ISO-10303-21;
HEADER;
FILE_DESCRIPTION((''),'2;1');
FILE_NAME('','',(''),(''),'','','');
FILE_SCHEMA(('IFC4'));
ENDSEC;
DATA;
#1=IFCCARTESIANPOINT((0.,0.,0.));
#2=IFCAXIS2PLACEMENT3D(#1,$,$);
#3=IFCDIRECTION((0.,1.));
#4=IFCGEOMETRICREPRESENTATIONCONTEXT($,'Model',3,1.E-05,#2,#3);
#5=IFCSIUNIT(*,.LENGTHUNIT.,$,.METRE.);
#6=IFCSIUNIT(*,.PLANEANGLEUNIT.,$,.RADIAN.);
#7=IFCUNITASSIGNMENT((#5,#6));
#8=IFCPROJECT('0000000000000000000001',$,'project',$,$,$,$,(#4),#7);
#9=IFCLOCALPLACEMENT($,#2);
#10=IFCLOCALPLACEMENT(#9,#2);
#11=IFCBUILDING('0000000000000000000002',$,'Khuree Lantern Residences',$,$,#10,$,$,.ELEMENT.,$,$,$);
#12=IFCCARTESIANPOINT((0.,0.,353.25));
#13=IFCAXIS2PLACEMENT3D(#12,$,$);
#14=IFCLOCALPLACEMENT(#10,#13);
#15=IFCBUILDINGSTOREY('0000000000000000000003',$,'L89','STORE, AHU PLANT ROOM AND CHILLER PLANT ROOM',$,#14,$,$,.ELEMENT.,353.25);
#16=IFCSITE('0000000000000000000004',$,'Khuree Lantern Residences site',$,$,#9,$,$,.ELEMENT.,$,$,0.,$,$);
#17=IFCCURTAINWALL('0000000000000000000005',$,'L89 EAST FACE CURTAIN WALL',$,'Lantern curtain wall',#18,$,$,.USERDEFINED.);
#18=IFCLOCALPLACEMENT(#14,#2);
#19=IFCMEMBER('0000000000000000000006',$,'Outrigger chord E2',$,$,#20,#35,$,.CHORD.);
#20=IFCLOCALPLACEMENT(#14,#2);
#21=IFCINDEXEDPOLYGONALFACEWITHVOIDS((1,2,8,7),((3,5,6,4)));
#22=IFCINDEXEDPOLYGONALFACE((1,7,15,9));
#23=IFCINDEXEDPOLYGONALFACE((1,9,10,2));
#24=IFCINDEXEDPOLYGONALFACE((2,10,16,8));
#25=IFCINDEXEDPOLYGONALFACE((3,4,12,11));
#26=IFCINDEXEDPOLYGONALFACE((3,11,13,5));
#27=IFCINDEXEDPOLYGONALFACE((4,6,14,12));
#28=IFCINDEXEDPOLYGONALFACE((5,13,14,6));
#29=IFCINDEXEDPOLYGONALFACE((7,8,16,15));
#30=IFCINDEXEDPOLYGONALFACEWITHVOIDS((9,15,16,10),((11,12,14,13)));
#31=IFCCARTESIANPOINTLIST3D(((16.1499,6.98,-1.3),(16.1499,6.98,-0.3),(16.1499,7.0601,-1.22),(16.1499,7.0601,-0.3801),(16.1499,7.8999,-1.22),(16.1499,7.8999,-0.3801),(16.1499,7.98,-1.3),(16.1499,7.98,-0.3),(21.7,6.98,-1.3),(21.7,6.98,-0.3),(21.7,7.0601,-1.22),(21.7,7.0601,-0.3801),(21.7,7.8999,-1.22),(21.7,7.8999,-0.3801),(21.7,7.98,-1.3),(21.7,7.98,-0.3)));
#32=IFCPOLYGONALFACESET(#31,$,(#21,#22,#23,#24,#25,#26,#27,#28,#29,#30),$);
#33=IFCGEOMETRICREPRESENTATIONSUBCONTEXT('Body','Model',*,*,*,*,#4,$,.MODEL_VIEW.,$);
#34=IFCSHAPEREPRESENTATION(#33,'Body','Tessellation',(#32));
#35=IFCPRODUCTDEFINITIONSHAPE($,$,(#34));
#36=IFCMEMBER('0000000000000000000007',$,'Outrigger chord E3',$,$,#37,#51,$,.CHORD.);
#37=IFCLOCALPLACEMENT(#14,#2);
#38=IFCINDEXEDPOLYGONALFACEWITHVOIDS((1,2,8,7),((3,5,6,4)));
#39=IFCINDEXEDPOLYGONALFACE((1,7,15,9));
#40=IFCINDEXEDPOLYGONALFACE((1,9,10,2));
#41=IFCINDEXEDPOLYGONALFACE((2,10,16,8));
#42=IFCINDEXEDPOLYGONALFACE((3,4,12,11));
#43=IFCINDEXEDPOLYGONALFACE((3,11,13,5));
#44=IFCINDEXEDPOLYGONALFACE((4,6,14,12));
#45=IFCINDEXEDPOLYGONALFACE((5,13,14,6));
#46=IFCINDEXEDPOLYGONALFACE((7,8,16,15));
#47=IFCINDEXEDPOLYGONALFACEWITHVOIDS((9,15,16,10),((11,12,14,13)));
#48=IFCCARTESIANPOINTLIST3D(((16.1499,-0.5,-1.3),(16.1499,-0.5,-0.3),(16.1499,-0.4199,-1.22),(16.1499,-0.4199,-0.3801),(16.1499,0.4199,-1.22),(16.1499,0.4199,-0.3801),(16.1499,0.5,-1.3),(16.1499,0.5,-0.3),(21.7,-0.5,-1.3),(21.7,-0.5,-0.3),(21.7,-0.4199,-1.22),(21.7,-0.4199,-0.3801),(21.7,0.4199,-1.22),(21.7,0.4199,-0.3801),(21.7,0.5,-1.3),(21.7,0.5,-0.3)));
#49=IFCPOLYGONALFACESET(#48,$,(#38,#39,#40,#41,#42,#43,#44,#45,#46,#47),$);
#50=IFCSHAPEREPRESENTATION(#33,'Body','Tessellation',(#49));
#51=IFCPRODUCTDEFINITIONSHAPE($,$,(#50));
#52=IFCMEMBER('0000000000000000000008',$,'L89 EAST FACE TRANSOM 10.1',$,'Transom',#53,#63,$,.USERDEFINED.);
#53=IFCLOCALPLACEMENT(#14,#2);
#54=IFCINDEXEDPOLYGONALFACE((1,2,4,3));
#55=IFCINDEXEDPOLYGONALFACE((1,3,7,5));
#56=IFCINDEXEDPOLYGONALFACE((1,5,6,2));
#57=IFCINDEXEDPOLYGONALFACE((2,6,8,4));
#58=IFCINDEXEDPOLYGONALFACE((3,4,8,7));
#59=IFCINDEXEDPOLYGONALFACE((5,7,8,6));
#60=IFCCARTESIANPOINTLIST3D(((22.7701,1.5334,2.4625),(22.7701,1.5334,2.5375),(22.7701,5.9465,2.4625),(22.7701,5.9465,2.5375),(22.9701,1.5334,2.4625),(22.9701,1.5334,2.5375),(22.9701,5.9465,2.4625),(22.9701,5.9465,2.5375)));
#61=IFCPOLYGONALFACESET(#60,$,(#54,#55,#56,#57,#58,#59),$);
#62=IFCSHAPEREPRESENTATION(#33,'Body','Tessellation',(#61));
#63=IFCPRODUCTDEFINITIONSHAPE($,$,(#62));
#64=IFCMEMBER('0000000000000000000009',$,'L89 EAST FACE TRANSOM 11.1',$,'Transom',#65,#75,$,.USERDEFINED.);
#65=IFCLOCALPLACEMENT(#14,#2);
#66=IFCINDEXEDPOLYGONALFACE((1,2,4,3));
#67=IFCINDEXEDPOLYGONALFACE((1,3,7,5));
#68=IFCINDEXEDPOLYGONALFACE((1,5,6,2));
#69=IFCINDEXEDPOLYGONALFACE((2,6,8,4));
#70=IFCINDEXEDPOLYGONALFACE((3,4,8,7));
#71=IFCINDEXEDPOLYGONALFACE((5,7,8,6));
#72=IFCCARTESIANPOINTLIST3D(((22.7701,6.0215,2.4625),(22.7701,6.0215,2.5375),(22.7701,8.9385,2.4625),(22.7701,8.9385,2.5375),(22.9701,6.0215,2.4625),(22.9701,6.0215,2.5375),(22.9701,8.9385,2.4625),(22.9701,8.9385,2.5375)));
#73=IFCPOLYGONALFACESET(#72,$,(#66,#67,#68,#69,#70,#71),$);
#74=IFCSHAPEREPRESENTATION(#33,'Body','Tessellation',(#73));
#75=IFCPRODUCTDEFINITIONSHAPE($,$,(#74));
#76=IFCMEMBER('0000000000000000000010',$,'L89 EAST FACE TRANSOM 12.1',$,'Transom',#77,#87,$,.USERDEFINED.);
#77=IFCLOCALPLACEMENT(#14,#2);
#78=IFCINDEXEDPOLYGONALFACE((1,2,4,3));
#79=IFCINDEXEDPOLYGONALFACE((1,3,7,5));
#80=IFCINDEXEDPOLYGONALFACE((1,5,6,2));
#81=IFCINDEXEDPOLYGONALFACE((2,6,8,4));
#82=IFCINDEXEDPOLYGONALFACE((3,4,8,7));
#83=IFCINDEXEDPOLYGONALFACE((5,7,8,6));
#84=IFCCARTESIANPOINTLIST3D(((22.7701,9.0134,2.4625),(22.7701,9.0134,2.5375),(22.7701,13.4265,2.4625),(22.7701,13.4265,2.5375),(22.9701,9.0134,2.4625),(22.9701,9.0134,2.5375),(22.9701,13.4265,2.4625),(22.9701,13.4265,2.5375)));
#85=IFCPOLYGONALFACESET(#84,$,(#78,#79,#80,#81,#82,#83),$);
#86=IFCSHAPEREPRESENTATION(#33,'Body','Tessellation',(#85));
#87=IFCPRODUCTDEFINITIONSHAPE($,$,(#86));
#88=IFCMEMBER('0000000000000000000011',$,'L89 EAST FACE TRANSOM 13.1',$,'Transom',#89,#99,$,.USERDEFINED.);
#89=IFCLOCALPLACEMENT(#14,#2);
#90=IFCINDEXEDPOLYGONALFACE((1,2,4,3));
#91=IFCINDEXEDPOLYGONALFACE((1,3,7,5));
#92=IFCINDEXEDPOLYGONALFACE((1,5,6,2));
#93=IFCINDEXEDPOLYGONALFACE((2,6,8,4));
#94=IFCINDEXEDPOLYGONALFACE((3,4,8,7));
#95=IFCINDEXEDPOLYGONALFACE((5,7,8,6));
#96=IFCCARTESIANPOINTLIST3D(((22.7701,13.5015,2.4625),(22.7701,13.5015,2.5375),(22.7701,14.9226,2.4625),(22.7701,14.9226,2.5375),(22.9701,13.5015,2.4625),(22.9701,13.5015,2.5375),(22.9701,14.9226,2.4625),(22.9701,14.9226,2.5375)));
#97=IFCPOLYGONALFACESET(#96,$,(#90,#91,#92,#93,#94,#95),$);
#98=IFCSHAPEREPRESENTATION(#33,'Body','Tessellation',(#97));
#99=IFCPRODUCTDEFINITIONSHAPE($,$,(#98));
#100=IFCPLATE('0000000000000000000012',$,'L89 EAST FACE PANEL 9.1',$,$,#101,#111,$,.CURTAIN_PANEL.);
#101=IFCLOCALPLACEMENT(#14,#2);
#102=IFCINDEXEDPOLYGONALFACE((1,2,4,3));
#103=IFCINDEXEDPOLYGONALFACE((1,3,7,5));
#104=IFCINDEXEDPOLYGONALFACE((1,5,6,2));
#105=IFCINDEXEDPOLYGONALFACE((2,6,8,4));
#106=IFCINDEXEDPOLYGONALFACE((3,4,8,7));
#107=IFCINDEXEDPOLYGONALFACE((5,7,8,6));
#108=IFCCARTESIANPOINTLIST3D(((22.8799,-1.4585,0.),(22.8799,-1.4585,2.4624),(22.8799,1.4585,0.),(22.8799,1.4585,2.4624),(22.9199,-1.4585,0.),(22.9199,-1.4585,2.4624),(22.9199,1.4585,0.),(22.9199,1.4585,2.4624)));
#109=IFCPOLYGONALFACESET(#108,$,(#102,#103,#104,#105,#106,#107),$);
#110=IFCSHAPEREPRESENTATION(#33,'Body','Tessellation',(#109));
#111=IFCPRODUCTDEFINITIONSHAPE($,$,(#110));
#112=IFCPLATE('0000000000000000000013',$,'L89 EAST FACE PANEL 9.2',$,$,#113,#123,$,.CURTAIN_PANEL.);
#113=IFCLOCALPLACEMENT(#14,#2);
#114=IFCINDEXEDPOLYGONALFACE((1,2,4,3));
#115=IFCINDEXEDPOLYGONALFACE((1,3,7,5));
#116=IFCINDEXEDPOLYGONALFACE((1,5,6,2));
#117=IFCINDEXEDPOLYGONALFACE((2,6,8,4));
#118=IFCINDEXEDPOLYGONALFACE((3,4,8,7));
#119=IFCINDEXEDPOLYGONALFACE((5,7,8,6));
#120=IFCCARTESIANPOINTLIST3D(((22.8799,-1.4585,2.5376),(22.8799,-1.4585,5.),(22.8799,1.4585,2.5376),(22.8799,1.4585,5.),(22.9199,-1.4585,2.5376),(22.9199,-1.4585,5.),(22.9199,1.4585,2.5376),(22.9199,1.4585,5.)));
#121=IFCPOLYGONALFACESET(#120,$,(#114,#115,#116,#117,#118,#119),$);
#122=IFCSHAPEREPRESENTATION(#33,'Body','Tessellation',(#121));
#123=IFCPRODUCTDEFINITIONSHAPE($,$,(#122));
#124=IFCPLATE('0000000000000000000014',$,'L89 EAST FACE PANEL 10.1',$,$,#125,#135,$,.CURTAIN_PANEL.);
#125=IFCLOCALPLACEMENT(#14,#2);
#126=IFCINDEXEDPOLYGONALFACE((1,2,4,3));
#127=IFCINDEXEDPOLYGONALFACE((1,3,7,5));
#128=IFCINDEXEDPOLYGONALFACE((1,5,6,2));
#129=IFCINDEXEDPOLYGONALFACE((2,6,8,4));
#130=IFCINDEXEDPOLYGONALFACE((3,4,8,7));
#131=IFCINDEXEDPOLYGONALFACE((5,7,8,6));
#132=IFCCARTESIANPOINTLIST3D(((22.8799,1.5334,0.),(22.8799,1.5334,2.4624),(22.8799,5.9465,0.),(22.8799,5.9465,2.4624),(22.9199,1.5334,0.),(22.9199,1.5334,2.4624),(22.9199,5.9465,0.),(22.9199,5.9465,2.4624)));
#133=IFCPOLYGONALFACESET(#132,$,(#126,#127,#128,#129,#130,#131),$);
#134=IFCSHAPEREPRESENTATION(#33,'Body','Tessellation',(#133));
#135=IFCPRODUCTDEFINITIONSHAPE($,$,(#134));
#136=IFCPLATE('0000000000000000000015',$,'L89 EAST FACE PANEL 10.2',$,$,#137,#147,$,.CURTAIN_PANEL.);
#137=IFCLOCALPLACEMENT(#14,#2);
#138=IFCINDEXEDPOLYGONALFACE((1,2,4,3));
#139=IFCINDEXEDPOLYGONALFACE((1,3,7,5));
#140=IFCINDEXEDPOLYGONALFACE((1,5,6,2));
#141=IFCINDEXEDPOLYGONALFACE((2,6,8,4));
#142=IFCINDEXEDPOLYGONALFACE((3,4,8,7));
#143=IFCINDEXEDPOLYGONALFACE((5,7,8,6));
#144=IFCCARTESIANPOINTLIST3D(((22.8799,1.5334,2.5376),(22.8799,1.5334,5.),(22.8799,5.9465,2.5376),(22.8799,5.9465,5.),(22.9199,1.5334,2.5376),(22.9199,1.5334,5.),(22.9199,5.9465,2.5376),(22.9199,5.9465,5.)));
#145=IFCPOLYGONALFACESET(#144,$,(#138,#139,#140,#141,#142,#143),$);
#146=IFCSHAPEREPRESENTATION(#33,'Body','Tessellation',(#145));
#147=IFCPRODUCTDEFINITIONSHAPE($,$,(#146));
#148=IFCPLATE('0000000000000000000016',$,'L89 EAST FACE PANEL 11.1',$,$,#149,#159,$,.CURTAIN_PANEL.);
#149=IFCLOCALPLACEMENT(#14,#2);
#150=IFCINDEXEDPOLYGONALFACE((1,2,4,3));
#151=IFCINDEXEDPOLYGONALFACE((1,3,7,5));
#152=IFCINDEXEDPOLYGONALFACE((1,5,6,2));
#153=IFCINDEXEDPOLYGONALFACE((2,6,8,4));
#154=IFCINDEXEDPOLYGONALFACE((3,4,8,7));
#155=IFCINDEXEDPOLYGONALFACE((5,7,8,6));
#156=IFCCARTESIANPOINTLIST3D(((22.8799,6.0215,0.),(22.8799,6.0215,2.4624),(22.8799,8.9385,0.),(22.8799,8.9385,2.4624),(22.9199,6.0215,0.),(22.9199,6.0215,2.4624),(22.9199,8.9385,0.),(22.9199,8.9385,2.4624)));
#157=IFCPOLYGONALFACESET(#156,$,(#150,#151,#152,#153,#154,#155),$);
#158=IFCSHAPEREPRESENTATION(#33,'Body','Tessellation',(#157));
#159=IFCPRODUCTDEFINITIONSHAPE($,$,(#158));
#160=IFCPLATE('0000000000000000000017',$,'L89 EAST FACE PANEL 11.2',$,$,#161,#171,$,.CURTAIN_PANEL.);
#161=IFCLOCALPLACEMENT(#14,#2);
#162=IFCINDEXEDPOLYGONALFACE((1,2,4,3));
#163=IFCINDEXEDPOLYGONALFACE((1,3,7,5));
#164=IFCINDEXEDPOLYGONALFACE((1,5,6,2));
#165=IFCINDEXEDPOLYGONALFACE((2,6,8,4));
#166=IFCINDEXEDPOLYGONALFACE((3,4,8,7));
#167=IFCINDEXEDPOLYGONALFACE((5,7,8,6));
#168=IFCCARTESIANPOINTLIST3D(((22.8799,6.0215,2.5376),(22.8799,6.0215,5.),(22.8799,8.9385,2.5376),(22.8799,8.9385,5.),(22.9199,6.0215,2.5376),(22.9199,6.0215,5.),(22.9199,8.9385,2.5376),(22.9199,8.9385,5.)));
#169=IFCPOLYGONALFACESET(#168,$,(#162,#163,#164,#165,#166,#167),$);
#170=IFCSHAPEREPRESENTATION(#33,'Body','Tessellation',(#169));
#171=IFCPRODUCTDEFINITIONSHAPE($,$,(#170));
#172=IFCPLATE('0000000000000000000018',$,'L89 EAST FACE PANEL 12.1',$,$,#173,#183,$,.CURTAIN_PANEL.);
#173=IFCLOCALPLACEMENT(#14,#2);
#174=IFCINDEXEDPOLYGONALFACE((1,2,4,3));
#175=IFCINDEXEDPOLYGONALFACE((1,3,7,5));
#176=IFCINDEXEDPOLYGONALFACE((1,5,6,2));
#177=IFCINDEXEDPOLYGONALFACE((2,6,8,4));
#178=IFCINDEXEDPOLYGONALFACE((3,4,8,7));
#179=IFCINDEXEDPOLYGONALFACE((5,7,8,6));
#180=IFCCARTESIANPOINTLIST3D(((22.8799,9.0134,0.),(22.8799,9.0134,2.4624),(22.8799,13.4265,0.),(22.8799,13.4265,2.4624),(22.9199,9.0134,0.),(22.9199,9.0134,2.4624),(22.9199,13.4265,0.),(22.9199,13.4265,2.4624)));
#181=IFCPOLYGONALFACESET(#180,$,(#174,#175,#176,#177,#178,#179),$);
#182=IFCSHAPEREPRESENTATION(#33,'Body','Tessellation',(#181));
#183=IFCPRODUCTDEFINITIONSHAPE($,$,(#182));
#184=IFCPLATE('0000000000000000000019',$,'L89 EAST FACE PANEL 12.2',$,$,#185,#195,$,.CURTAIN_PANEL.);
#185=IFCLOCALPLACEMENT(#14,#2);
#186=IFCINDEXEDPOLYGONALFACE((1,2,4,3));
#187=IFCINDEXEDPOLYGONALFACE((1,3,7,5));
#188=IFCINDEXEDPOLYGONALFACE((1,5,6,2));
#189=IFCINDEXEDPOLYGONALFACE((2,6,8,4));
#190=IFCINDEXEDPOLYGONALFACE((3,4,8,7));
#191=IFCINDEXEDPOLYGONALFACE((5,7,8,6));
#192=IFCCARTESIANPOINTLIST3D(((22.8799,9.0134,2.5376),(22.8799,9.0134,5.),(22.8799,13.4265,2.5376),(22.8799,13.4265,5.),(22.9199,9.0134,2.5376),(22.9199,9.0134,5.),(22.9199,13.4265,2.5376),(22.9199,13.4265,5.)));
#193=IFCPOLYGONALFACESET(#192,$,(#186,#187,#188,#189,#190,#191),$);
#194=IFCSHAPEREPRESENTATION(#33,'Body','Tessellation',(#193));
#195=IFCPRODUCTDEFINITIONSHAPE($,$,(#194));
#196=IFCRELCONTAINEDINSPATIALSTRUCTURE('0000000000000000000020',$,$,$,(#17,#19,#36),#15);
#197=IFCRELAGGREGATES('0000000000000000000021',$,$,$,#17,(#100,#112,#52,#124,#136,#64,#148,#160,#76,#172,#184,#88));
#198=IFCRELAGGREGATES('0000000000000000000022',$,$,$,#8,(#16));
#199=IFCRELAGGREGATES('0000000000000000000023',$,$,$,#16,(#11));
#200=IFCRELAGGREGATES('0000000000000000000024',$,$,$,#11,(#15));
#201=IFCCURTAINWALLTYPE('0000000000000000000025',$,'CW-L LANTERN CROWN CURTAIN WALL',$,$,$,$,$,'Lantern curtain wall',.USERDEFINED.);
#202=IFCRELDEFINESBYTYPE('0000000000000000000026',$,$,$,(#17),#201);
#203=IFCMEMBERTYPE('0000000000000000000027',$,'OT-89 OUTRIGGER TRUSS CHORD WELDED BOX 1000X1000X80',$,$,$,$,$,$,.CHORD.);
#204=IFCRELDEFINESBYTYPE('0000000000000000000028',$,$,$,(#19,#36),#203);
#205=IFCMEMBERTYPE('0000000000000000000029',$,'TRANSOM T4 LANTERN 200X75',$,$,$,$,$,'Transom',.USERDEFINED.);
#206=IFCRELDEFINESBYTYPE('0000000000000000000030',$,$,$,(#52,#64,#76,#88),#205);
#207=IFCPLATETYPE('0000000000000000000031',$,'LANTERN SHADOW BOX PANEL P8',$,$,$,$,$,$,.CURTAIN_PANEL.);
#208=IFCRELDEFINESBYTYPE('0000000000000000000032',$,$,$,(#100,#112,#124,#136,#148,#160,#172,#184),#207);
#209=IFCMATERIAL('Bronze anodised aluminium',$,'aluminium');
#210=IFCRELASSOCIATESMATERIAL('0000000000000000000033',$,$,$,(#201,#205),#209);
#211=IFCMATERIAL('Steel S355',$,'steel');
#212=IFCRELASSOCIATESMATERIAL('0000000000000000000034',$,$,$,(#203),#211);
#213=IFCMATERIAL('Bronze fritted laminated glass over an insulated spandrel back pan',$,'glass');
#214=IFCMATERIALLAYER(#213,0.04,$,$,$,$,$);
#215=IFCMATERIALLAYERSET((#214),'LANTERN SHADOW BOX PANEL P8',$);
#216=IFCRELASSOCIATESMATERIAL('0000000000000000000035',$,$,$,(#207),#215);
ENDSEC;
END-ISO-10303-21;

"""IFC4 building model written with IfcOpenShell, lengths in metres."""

from ifc_helpers import new_model, si_unit, direction, frame, origin, origin_2d, place, context, subcontext, project, spatial, rectangle, hollow_rectangle, extrude, material, layer, layer_set, material_profile, profile_set, type_object, element, aggregate, save


model = new_model("IFC4")

# Units and contexts
model_context = context("Model", 3, precision=1e-05, world=origin(), true_north=direction((0.0, 1.0)))
body_context = subcontext(model_context, "Body", "Model", "MODEL_VIEW")
ifc_project = project(units=[si_unit("LENGTHUNIT", "METRE"), si_unit("PLANEANGLEUNIT", "RADIAN")], contexts=[model_context])

# Site, building, storey
site_placement = place(None, origin())
site = spatial("IfcSite", under=ifc_project, at=site_placement, Name="Khuree Lantern Residences site", CompositionType="ELEMENT", RefElevation=0.0)
building_placement = place(site_placement, origin())
building = spatial("IfcBuilding", under=site, at=building_placement, Name="Khuree Lantern Residences", CompositionType="ELEMENT")
storey_placement = place(building_placement, frame((0.0, 0.0, 353.25)))
storey = spatial("IfcBuildingStorey", under=building, at=storey_placement, Name="L89", Description="STORE, AHU PLANT ROOM AND CHILLER PLANT ROOM", CompositionType="ELEMENT", Elevation=353.25)

# Shared definitions
ifc_material_1 = material(Name="Steel S355", Category="steel")

# Curtain wall
ifc_material_2 = material(Name="Bronze anodised aluminium", Category="aluminium")
curtain_wall_type = type_object("IfcCurtainWallType", Name="CW-L LANTERN CROWN CURTAIN WALL", ElementType="Lantern curtain wall", PredefinedType="USERDEFINED", material=ifc_material_2)
curtain_wall_placement = place(storey_placement, origin())
curtain_wall = element("IfcCurtainWall", 1, at=curtain_wall_placement, inside=storey, type_object=curtain_wall_type, Name="L89 EAST FACE CURTAIN WALL", ObjectType="Lantern curtain wall", PredefinedType="USERDEFINED")

# Members
ifc_material_profile_1 = material_profile(ifc_material_1, hollow_rectangle(XDim=1.0, YDim=1.0, WallThickness=0.0801, at=origin_2d()), Name="WELDED BOX 1000X1000X80")
ifc_profile_set_1 = profile_set([ifc_material_profile_1], Name="Steel S355")
member_type_1 = type_object("IfcMemberType", Name="OT-89 OUTRIGGER TRUSS CHORD WELDED BOX 1000X1000X80", PredefinedType="CHORD", material=ifc_profile_set_1)
for number, where, z_axis, x_axis, name in (
    (2, (21.7, 7.48, -0.8), (-1.0, 0.0, 0.0), (0.0, -1.0, 0.0), "Outrigger chord E2"),
    (3, (21.7, 0.0, -0.8), (-1.0, 0.0, 0.0), (0.0, -1.0, 0.0), "Outrigger chord E3"),
):
    element("IfcMember", number, at=place(storey_placement, frame(where, z_axis=z_axis, x_axis=x_axis)), inside=storey, type_object=member_type_1, Name=name, PredefinedType="CHORD", context=body_context, shape_type="SweptSolid", body=[
        extrude(hollow_rectangle(XDim=1.0, YDim=1.0, WallThickness=0.0801, at=origin_2d()), origin(), (0.0, 0.0, 1.0), 5.55),
    ])

# Members
ifc_material_profile_2 = material_profile(ifc_material_2, rectangle(XDim=0.2, YDim=0.075, at=origin_2d()), Name="T4 200X75")
ifc_profile_set_2 = profile_set([ifc_material_profile_2], Name="Bronze anodised aluminium")
member_type_2 = type_object("IfcMemberType", Name="TRANSOM T4 LANTERN 200X75", ElementType="Transom", PredefinedType="USERDEFINED", material=ifc_profile_set_2)
member_1_placement = place(storey_placement, frame((22.8701, 1.5334, 2.5), z_axis=(0.0, 1.0, 0.0), x_axis=(-1.0, 0.0, 0.0)))
member_1 = element("IfcMember", 4, at=member_1_placement, type_object=member_type_2, Name="L89 EAST FACE TRANSOM 10.1", ObjectType="Transom", PredefinedType="USERDEFINED", context=body_context, shape_type="SweptSolid", body=[
    extrude(rectangle(XDim=0.2, YDim=0.075, at=origin_2d()), origin(), (0.0, 0.0, 1.0), 4.4131),
])
member_2_placement = place(storey_placement, frame((22.8701, 6.0215, 2.5), z_axis=(0.0, 1.0, 0.0), x_axis=(-1.0, 0.0, 0.0)))
member_2 = element("IfcMember", 5, at=member_2_placement, type_object=member_type_2, Name="L89 EAST FACE TRANSOM 11.1", ObjectType="Transom", PredefinedType="USERDEFINED", context=body_context, shape_type="SweptSolid", body=[
    extrude(rectangle(XDim=0.2, YDim=0.075, at=origin_2d()), origin(), (0.0, 0.0, 1.0), 2.917),
])
member_3_placement = place(storey_placement, frame((22.8701, 9.0134, 2.5), z_axis=(0.0, 1.0, 0.0), x_axis=(-1.0, 0.0, 0.0)))
member_3 = element("IfcMember", 6, at=member_3_placement, type_object=member_type_2, Name="L89 EAST FACE TRANSOM 12.1", ObjectType="Transom", PredefinedType="USERDEFINED", context=body_context, shape_type="SweptSolid", body=[
    extrude(rectangle(XDim=0.2, YDim=0.075, at=origin_2d()), origin(), (0.0, 0.0, 1.0), 4.4131),
])
member_4_placement = place(storey_placement, frame((22.8701, 13.5015, 2.5), z_axis=(0.0, 1.0, 0.0), x_axis=(-1.0, 0.0, 0.0)))
member_4 = element("IfcMember", 7, at=member_4_placement, type_object=member_type_2, Name="L89 EAST FACE TRANSOM 13.1", ObjectType="Transom", PredefinedType="USERDEFINED", context=body_context, shape_type="SweptSolid", body=[
    extrude(rectangle(XDim=0.2, YDim=0.075, at=origin_2d()), origin(), (0.0, 0.0, 1.0), 1.4211),
])

# Plates
ifc_material_3 = material(Name="Bronze fritted laminated glass over an insulated spandrel back pan", Category="glass")
ifc_layer = layer(ifc_material_3, 0.04)
ifc_layer_set = layer_set([ifc_layer], Name="LANTERN SHADOW BOX PANEL P8")
plate_type = type_object("IfcPlateType", Name="LANTERN SHADOW BOX PANEL P8", PredefinedType="CURTAIN_PANEL", material=ifc_layer_set)
plate_1_placement = place(storey_placement, frame((22.8999, 0.0, 0.0), z_axis=(0.0, 0.0, 1.0), x_axis=(0.0, 1.0, 0.0)))
plate_1 = element("IfcPlate", 8, at=plate_1_placement, type_object=plate_type, Name="L89 EAST FACE PANEL 9.1", PredefinedType="CURTAIN_PANEL", context=body_context, shape_type="SweptSolid", body=[
    extrude(rectangle(XDim=2.917, YDim=0.04, at=origin_2d()), origin(), (0.0, 0.0, 1.0), 2.4624),
])
plate_2_placement = place(storey_placement, frame((22.8999, 0.0, 2.5376), z_axis=(0.0, 0.0, 1.0), x_axis=(0.0, 1.0, 0.0)))
plate_2 = element("IfcPlate", 9, at=plate_2_placement, type_object=plate_type, Name="L89 EAST FACE PANEL 9.2", PredefinedType="CURTAIN_PANEL", context=body_context, shape_type="SweptSolid", body=[
    extrude(rectangle(XDim=2.917, YDim=0.04, at=origin_2d()), origin(), (0.0, 0.0, 1.0), 2.4624),
])
plate_3_placement = place(storey_placement, frame((22.8999, 3.74, 0.0), z_axis=(0.0, 0.0, 1.0), x_axis=(0.0, 1.0, 0.0)))
plate_3 = element("IfcPlate", 10, at=plate_3_placement, type_object=plate_type, Name="L89 EAST FACE PANEL 10.1", PredefinedType="CURTAIN_PANEL", context=body_context, shape_type="SweptSolid", body=[
    extrude(rectangle(XDim=4.4131, YDim=0.04, at=origin_2d()), origin(), (0.0, 0.0, 1.0), 2.4624),
])
plate_4_placement = place(storey_placement, frame((22.8999, 3.74, 2.5376), z_axis=(0.0, 0.0, 1.0), x_axis=(0.0, 1.0, 0.0)))
plate_4 = element("IfcPlate", 11, at=plate_4_placement, type_object=plate_type, Name="L89 EAST FACE PANEL 10.2", PredefinedType="CURTAIN_PANEL", context=body_context, shape_type="SweptSolid", body=[
    extrude(rectangle(XDim=4.4131, YDim=0.04, at=origin_2d()), origin(), (0.0, 0.0, 1.0), 2.4624),
])
plate_5_placement = place(storey_placement, frame((22.8999, 7.48, 0.0), z_axis=(0.0, 0.0, 1.0), x_axis=(0.0, 1.0, 0.0)))
plate_5 = element("IfcPlate", 12, at=plate_5_placement, type_object=plate_type, Name="L89 EAST FACE PANEL 11.1", PredefinedType="CURTAIN_PANEL", context=body_context, shape_type="SweptSolid", body=[
    extrude(rectangle(XDim=2.917, YDim=0.04, at=origin_2d()), origin(), (0.0, 0.0, 1.0), 2.4624),
])
plate_6_placement = place(storey_placement, frame((22.8999, 7.48, 2.5376), z_axis=(0.0, 0.0, 1.0), x_axis=(0.0, 1.0, 0.0)))
plate_6 = element("IfcPlate", 13, at=plate_6_placement, type_object=plate_type, Name="L89 EAST FACE PANEL 11.2", PredefinedType="CURTAIN_PANEL", context=body_context, shape_type="SweptSolid", body=[
    extrude(rectangle(XDim=2.917, YDim=0.04, at=origin_2d()), origin(), (0.0, 0.0, 1.0), 2.4624),
])
plate_7_placement = place(storey_placement, frame((22.8999, 11.22, 0.0), z_axis=(0.0, 0.0, 1.0), x_axis=(0.0, 1.0, 0.0)))
plate_7 = element("IfcPlate", 14, at=plate_7_placement, type_object=plate_type, Name="L89 EAST FACE PANEL 12.1", PredefinedType="CURTAIN_PANEL", context=body_context, shape_type="SweptSolid", body=[
    extrude(rectangle(XDim=4.4131, YDim=0.04, at=origin_2d()), origin(), (0.0, 0.0, 1.0), 2.4624),
])
plate_8_placement = place(storey_placement, frame((22.8999, 11.22, 2.5376), z_axis=(0.0, 0.0, 1.0), x_axis=(0.0, 1.0, 0.0)))
plate_8 = element("IfcPlate", 15, at=plate_8_placement, type_object=plate_type, Name="L89 EAST FACE PANEL 12.2", PredefinedType="CURTAIN_PANEL", context=body_context, shape_type="SweptSolid", body=[
    extrude(rectangle(XDim=4.4131, YDim=0.04, at=origin_2d()), origin(), (0.0, 0.0, 1.0), 2.4624),
])
aggregate(curtain_wall, [plate_1, plate_2, member_1, plate_3, plate_4, member_2, plate_5, plate_6, member_3, plate_7, plate_8, member_4])

save(model, "model.ifc")
